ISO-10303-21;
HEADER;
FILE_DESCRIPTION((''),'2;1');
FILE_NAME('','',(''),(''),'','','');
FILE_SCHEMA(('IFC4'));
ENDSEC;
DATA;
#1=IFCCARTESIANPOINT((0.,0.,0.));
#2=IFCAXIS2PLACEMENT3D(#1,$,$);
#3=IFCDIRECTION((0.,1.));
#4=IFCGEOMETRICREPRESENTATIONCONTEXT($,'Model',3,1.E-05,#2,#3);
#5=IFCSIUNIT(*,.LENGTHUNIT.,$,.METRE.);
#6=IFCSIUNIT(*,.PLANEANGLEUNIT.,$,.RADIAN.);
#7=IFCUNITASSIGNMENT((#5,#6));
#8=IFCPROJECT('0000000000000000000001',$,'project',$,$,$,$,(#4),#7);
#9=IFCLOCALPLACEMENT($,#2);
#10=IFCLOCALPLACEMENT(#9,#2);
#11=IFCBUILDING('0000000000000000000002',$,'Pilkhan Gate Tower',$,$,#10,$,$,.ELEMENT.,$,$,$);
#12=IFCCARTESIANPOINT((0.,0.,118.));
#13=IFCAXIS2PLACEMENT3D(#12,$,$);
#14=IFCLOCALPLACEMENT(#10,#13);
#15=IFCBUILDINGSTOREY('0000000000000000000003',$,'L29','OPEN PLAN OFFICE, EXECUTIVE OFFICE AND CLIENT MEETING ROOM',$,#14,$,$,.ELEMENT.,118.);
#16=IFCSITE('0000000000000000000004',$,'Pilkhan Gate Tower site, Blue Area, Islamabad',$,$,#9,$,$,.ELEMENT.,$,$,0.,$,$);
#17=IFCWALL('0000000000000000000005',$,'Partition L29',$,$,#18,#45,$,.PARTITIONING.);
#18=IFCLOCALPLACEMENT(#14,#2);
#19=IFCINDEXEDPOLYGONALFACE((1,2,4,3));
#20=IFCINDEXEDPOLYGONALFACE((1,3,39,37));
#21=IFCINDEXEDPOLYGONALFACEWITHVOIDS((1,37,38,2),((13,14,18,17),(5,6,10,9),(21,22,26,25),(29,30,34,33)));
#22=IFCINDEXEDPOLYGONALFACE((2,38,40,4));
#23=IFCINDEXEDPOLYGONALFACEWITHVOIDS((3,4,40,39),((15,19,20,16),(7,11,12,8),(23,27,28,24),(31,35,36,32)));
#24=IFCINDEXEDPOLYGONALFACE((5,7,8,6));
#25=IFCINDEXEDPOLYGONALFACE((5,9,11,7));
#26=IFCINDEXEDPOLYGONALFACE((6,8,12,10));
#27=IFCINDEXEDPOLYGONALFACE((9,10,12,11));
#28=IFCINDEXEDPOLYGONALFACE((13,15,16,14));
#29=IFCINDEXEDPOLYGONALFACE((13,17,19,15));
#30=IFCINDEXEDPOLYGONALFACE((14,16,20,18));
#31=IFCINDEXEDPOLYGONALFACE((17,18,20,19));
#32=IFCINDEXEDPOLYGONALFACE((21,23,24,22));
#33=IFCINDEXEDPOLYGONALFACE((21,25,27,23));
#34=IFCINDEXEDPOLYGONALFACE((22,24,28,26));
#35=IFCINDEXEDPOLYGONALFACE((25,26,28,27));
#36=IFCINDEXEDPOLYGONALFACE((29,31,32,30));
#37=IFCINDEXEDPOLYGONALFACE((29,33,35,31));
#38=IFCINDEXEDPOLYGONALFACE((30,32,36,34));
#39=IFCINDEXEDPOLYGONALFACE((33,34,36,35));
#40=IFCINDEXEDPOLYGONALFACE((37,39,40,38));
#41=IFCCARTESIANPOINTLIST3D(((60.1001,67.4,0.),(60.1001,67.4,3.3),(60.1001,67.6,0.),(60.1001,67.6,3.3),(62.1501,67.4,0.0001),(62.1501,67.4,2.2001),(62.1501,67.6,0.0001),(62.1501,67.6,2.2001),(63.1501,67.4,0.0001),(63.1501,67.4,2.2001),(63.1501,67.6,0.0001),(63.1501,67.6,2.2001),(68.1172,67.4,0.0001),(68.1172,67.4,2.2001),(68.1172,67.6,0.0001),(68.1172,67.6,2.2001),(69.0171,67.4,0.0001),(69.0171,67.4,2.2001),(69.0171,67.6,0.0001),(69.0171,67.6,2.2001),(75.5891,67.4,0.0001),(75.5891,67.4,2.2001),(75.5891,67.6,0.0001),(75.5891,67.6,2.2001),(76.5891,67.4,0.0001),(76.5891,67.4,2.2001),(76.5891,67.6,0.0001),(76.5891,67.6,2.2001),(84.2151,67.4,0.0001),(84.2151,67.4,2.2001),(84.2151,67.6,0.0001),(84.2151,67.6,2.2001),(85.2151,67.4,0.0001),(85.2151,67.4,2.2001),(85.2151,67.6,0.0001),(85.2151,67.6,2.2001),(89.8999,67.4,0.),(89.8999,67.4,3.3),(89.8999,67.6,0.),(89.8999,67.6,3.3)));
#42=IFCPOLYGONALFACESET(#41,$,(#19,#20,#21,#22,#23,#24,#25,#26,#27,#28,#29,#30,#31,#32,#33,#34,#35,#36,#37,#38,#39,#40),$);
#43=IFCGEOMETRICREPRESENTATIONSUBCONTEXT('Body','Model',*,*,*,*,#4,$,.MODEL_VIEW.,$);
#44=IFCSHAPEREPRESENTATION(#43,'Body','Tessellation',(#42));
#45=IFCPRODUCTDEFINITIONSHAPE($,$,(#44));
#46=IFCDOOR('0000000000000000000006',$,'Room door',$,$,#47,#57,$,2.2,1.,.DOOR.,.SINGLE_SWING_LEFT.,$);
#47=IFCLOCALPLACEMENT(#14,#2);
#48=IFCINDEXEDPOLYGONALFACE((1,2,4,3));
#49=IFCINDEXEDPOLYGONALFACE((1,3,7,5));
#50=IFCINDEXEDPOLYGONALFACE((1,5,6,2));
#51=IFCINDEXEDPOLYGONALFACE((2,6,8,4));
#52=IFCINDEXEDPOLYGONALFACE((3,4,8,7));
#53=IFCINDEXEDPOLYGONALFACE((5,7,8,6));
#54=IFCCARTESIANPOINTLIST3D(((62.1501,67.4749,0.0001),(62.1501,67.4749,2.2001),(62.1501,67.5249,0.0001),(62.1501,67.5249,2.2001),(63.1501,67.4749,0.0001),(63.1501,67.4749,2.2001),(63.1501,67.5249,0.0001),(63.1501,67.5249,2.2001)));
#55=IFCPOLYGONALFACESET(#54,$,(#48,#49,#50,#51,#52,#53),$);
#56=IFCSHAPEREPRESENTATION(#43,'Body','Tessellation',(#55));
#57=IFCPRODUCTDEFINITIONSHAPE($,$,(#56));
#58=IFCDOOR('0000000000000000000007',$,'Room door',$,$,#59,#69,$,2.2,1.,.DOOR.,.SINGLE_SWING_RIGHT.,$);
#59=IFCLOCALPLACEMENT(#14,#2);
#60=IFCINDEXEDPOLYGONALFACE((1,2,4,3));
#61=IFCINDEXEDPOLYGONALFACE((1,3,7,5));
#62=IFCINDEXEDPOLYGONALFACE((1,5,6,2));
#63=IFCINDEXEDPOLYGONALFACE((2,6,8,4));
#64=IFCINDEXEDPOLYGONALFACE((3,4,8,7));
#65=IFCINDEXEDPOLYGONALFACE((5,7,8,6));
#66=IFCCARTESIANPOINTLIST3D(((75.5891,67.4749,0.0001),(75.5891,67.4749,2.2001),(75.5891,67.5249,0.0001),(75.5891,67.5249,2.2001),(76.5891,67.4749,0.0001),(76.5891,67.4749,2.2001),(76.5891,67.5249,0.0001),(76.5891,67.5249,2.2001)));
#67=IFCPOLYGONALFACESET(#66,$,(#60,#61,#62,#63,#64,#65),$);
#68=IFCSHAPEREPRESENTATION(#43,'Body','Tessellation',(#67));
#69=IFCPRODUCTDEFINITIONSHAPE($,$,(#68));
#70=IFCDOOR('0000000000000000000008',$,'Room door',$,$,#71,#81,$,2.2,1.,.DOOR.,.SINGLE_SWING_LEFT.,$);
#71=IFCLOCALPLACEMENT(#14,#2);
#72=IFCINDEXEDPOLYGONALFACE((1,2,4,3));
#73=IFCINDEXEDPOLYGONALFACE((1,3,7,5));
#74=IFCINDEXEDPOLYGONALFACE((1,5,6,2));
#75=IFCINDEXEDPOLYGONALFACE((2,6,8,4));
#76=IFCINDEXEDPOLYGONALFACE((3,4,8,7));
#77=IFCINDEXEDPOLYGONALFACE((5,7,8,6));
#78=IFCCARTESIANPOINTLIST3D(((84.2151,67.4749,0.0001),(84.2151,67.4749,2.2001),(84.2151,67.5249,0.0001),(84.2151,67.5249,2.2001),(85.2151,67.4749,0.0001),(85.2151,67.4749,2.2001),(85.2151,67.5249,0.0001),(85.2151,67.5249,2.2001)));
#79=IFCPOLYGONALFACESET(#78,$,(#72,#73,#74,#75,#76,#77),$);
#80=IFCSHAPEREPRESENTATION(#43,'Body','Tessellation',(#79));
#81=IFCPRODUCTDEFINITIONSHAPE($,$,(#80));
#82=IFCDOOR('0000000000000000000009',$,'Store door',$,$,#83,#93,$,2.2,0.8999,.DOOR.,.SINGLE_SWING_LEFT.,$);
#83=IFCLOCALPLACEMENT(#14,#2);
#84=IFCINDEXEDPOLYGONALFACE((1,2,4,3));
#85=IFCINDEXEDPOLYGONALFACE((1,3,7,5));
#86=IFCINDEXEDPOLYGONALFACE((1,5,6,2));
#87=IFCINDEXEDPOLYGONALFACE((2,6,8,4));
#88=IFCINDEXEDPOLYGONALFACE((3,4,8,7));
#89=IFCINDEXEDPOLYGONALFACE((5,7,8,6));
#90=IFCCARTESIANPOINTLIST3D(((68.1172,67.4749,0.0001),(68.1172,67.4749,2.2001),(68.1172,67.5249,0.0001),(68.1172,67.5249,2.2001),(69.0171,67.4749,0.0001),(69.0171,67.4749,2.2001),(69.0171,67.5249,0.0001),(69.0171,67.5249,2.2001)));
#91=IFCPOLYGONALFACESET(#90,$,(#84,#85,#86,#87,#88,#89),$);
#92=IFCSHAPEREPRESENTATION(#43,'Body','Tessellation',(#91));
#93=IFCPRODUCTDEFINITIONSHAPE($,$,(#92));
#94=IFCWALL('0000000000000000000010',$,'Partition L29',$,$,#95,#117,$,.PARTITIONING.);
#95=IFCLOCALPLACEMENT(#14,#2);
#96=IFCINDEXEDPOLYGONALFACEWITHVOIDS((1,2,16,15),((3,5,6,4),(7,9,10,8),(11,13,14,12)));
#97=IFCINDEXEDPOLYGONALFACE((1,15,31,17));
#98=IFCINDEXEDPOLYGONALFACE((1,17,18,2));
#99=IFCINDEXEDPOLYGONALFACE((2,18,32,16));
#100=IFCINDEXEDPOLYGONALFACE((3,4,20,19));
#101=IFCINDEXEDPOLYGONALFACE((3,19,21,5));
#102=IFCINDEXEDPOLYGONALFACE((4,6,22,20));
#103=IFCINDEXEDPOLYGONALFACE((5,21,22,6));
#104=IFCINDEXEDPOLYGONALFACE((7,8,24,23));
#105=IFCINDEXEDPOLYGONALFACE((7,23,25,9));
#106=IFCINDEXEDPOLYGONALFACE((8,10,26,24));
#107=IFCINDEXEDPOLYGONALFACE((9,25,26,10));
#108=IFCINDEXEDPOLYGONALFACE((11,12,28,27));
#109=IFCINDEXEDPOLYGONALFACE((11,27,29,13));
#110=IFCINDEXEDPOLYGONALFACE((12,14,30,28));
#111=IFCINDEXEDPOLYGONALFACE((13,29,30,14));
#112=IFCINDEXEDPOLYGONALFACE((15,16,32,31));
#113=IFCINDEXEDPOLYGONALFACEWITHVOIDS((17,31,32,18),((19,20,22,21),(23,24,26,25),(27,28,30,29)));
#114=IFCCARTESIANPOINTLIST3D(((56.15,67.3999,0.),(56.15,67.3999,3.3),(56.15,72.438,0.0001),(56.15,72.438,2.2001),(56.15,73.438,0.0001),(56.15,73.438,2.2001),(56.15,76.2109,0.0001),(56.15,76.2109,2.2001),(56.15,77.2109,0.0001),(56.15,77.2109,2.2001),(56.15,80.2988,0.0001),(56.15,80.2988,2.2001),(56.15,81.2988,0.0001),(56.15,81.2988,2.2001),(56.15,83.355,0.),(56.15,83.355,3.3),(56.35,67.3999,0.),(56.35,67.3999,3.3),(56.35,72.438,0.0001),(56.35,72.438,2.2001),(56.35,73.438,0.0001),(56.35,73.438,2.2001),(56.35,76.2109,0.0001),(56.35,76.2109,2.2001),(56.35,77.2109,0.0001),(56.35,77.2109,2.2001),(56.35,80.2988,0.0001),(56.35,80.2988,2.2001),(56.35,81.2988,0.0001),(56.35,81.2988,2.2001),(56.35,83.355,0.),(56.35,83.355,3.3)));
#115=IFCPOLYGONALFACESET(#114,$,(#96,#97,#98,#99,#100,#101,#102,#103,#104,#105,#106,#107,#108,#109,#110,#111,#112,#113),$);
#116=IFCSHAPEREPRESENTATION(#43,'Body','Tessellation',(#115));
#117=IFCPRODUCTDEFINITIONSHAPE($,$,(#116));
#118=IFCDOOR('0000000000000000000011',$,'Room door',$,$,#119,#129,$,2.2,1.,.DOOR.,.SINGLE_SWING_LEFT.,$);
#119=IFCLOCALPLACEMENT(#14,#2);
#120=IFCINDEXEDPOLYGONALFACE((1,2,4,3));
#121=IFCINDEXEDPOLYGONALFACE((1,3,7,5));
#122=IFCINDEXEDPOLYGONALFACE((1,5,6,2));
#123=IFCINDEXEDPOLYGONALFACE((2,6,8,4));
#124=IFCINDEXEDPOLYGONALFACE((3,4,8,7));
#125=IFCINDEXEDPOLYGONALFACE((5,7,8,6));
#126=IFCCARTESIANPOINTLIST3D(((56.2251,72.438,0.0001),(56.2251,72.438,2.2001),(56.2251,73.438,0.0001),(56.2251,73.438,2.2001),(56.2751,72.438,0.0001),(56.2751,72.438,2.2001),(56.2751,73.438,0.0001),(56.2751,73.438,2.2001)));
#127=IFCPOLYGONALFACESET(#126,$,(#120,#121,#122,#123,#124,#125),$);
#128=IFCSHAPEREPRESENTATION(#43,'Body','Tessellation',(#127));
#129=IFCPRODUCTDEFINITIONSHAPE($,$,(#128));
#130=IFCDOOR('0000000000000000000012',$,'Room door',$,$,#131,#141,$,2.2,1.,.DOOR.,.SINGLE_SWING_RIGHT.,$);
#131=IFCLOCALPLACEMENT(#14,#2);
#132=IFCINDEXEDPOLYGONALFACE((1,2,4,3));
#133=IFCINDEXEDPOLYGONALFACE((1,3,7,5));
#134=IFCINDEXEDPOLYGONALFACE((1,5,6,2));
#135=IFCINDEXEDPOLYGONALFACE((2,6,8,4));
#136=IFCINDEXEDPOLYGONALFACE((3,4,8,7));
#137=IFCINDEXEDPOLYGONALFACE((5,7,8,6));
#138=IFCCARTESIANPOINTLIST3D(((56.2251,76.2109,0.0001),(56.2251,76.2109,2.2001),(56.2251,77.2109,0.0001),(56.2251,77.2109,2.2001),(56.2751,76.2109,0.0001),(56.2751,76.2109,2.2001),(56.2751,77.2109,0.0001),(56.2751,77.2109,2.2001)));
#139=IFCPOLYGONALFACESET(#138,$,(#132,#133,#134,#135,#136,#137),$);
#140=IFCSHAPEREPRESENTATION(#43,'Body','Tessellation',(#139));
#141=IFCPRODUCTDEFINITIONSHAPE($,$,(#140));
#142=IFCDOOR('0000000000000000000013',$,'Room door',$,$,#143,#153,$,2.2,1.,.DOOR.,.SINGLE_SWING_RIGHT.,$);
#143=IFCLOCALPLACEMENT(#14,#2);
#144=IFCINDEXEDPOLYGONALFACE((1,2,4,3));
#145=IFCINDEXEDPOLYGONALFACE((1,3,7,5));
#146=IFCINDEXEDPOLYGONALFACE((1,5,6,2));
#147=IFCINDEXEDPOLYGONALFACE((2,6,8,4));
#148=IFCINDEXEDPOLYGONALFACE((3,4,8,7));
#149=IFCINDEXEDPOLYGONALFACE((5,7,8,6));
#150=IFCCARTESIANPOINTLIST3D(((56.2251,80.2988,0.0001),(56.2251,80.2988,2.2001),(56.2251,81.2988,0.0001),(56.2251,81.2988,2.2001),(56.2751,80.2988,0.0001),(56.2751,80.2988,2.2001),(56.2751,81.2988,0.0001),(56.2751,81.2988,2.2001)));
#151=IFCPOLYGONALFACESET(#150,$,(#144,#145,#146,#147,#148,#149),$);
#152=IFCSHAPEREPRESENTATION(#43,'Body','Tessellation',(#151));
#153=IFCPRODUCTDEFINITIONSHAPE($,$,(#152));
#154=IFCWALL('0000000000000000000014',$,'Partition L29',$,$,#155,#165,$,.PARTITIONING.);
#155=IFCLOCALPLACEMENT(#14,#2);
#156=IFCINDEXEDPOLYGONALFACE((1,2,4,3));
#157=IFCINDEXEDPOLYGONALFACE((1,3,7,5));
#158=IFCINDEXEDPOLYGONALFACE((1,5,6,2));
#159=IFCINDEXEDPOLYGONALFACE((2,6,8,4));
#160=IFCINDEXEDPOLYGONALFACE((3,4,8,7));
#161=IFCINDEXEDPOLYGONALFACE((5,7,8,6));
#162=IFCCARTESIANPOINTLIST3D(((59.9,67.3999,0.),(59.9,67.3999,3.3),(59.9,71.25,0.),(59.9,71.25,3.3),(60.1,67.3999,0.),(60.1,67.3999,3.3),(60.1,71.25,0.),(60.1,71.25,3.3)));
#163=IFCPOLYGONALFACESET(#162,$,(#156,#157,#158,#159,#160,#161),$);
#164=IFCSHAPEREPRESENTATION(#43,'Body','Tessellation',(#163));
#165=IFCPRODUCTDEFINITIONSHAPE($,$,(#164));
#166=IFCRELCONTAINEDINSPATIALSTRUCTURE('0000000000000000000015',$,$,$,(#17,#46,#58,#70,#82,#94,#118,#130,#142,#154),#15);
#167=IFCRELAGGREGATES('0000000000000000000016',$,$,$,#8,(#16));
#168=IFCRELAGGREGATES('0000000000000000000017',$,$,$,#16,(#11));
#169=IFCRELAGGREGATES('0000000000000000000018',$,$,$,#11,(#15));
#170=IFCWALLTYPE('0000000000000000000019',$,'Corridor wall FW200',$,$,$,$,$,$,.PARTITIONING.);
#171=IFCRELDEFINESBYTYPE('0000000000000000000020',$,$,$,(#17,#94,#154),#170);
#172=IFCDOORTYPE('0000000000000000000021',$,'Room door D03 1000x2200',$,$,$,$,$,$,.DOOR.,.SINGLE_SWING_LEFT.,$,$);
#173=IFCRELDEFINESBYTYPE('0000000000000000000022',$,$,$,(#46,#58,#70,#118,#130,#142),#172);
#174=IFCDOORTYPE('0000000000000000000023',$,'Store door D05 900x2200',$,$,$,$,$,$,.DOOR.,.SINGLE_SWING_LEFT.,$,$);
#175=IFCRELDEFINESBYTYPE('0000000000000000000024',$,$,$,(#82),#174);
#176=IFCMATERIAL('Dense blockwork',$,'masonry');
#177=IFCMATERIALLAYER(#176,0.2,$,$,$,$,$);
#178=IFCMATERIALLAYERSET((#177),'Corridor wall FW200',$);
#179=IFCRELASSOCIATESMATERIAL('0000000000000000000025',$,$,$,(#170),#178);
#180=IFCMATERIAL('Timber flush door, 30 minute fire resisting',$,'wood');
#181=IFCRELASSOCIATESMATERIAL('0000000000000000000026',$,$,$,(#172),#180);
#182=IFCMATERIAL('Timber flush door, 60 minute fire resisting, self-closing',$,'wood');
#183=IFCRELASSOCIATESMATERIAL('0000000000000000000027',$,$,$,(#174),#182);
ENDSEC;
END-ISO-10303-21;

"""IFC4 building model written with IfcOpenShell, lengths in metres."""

from ifc_helpers import new_model, si_unit, direction, frame, frame_2d, origin, place, context, subcontext, project, spatial, rectangle, extrude, material, layer, layer_set, type_object, element, fill, save


model = new_model("IFC4")

# Units and contexts
model_context = context("Model", 3, precision=1e-05, world=origin(), true_north=direction((0.0, 1.0)))
body_context = subcontext(model_context, "Body", "Model", "MODEL_VIEW")
ifc_project = project(units=[si_unit("LENGTHUNIT", "METRE"), si_unit("PLANEANGLEUNIT", "RADIAN")], contexts=[model_context])

# Site, building, storey
site_placement = place(None, origin())
site = spatial("IfcSite", under=ifc_project, at=site_placement, Name="Pilkhan Gate Tower site, Blue Area, Islamabad", CompositionType="ELEMENT", RefElevation=0.0)
building_placement = place(site_placement, origin())
building = spatial("IfcBuilding", under=site, at=building_placement, Name="Pilkhan Gate Tower", CompositionType="ELEMENT")
storey_placement = place(building_placement, frame((0.0, 0.0, 118.0)))
storey = spatial("IfcBuildingStorey", under=building, at=storey_placement, Name="L29", Description="OPEN PLAN OFFICE, EXECUTIVE OFFICE AND CLIENT MEETING ROOM", CompositionType="ELEMENT", Elevation=118.0)

# Walls, openings, doors
ifc_material_1 = material(Name="Dense blockwork", Category="masonry")
ifc_layer_1 = layer(ifc_material_1, 0.2)
ifc_layer_set_1 = layer_set([ifc_layer_1], Name="Corridor wall FW200")
wall_type_1 = type_object("IfcWallType", Name="Corridor wall FW200", PredefinedType="PARTITIONING", material=ifc_layer_set_1)
wall_1_placement = place(storey_placement, frame((60.1001, 67.5, 0.0), z_axis=(0.0, 0.0, 1.0), x_axis=(1.0, 0.0, 0.0)))
wall_1 = element("IfcWall", 1, at=wall_1_placement, inside=storey, type_object=wall_type_1, Name="Partition L29", PredefinedType="PARTITIONING", context=body_context, shape_type="SweptSolid", body=[
    extrude(rectangle(XDim=29.7998, YDim=0.2, at=frame_2d((14.8999, 0.0))), origin(), (0.0, 0.0, 1.0), 3.3),
])
opening_1_placement = place(wall_1_placement, frame((2.05, 0.0, 0.0)))
opening_1 = element("IfcOpeningElement", 2, at=opening_1_placement, cuts=wall_1, PredefinedType="OPENING", context=body_context, shape_type="SweptSolid", body=[
    extrude(rectangle(XDim=1.0, YDim=2.2, at=frame_2d((0.5, 1.1001))), frame((0.0, 0.1099, 0.0), z_axis=(0.0, -1.0, 0.0), x_axis=(1.0, 0.0, 0.0)), (0.0, 0.0, 1.0), 0.22),
])
opening_2_placement = place(wall_1_placement, frame((8.0171, 0.0, 0.0)))
opening_2 = element("IfcOpeningElement", 3, at=opening_2_placement, cuts=wall_1, PredefinedType="OPENING", context=body_context, shape_type="SweptSolid", body=[
    extrude(rectangle(XDim=0.8999, YDim=2.2, at=frame_2d((0.45, 1.1001))), frame((0.0, 0.1099, 0.0), z_axis=(0.0, -1.0, 0.0), x_axis=(1.0, 0.0, 0.0)), (0.0, 0.0, 1.0), 0.22),
])
opening_3_placement = place(wall_1_placement, frame((15.489, 0.0, 0.0)))
opening_3 = element("IfcOpeningElement", 4, at=opening_3_placement, cuts=wall_1, PredefinedType="OPENING", context=body_context, shape_type="SweptSolid", body=[
    extrude(rectangle(XDim=1.0, YDim=2.2, at=frame_2d((0.5, 1.1001))), frame((0.0, 0.1099, 0.0), z_axis=(0.0, -1.0, 0.0), x_axis=(1.0, 0.0, 0.0)), (0.0, 0.0, 1.0), 0.22),
])
opening_4_placement = place(wall_1_placement, frame((24.115, 0.0, 0.0)))
opening_4 = element("IfcOpeningElement", 5, at=opening_4_placement, cuts=wall_1, PredefinedType="OPENING", context=body_context, shape_type="SweptSolid", body=[
    extrude(rectangle(XDim=1.0, YDim=2.2, at=frame_2d((0.5, 1.1001))), frame((0.0, 0.1099, 0.0), z_axis=(0.0, -1.0, 0.0), x_axis=(1.0, 0.0, 0.0)), (0.0, 0.0, 1.0), 0.22),
])
ifc_material_2 = material(Name="Timber flush door, 30 minute fire resisting", Category="wood")
door_type_1 = type_object("IfcDoorType", Name="Room door D03 1000x2200", OperationType="SINGLE_SWING_LEFT", PredefinedType="DOOR", material=ifc_material_2)
door_1_placement = place(opening_1_placement, origin())
door_1 = element("IfcDoor", 6, at=door_1_placement, inside=storey, type_object=door_type_1, Name="Room door", OperationType="SINGLE_SWING_LEFT", OverallHeight=2.2, OverallWidth=1.0, PredefinedType="DOOR", context=body_context, shape_type="SweptSolid", body=[
    extrude(rectangle(XDim=1.0, YDim=2.2, at=frame_2d((0.5, 1.1001))), frame((0.0, 0.0249, 0.0), z_axis=(0.0, -1.0, 0.0), x_axis=(1.0, 0.0, 0.0)), (0.0, 0.0, 1.0), 0.05),
])
fill(opening_1, door_1)
door_2_placement = place(opening_3_placement, origin())
door_2 = element("IfcDoor", 7, at=door_2_placement, inside=storey, type_object=door_type_1, Name="Room door", OperationType="SINGLE_SWING_RIGHT", OverallHeight=2.2, OverallWidth=1.0, PredefinedType="DOOR", context=body_context, shape_type="SweptSolid", body=[
    extrude(rectangle(XDim=1.0, YDim=2.2, at=frame_2d((0.5, 1.1001))), frame((0.0, 0.0249, 0.0), z_axis=(0.0, -1.0, 0.0), x_axis=(1.0, 0.0, 0.0)), (0.0, 0.0, 1.0), 0.05),
])
fill(opening_3, door_2)
door_3_placement = place(opening_4_placement, origin())
door_3 = element("IfcDoor", 8, at=door_3_placement, inside=storey, type_object=door_type_1, Name="Room door", OperationType="SINGLE_SWING_LEFT", OverallHeight=2.2, OverallWidth=1.0, PredefinedType="DOOR", context=body_context, shape_type="SweptSolid", body=[
    extrude(rectangle(XDim=1.0, YDim=2.2, at=frame_2d((0.5, 1.1001))), frame((0.0, 0.0249, 0.0), z_axis=(0.0, -1.0, 0.0), x_axis=(1.0, 0.0, 0.0)), (0.0, 0.0, 1.0), 0.05),
])
fill(opening_4, door_3)
ifc_material_3 = material(Name="Timber flush door, 60 minute fire resisting, self-closing", Category="wood")
door_type_2 = type_object("IfcDoorType", Name="Store door D05 900x2200", OperationType="SINGLE_SWING_LEFT", PredefinedType="DOOR", material=ifc_material_3)
door_4_placement = place(opening_2_placement, origin())
door_4 = element("IfcDoor", 9, at=door_4_placement, inside=storey, type_object=door_type_2, Name="Store door", OperationType="SINGLE_SWING_LEFT", OverallHeight=2.2, OverallWidth=0.8999, PredefinedType="DOOR", context=body_context, shape_type="SweptSolid", body=[
    extrude(rectangle(XDim=0.8999, YDim=2.2, at=frame_2d((0.45, 1.1001))), frame((0.0, 0.0249, 0.0), z_axis=(0.0, -1.0, 0.0), x_axis=(1.0, 0.0, 0.0)), (0.0, 0.0, 1.0), 0.05),
])
fill(opening_2, door_4)
wall_2_placement = place(storey_placement, frame((56.25, 67.3999, 0.0), z_axis=(0.0, 0.0, 1.0), x_axis=(0.0, 1.0, 0.0)))
wall_2 = element("IfcWall", 10, at=wall_2_placement, inside=storey, type_object=wall_type_1, Name="Partition L29", PredefinedType="PARTITIONING", context=body_context, shape_type="SweptSolid", body=[
    extrude(rectangle(XDim=15.9551, YDim=0.2, at=frame_2d((7.9775, 0.0))), origin(), (0.0, 0.0, 1.0), 3.3),
])
opening_5_placement = place(wall_2_placement, frame((5.0381, 0.0, 0.0)))
opening_5 = element("IfcOpeningElement", 11, at=opening_5_placement, cuts=wall_2, PredefinedType="OPENING", context=body_context, shape_type="SweptSolid", body=[
    extrude(rectangle(XDim=1.0, YDim=2.2, at=frame_2d((0.5, 1.1001))), frame((0.0, 0.1099, 0.0), z_axis=(0.0, -1.0, 0.0), x_axis=(1.0, 0.0, 0.0)), (0.0, 0.0, 1.0), 0.22),
])
opening_6_placement = place(wall_2_placement, frame((8.811, 0.0, 0.0)))
opening_6 = element("IfcOpeningElement", 12, at=opening_6_placement, cuts=wall_2, PredefinedType="OPENING", context=body_context, shape_type="SweptSolid", body=[
    extrude(rectangle(XDim=1.0, YDim=2.2, at=frame_2d((0.5, 1.1001))), frame((0.0, 0.1099, 0.0), z_axis=(0.0, -1.0, 0.0), x_axis=(1.0, 0.0, 0.0)), (0.0, 0.0, 1.0), 0.22),
])
opening_7_placement = place(wall_2_placement, frame((12.8989, 0.0, 0.0)))
opening_7 = element("IfcOpeningElement", 13, at=opening_7_placement, cuts=wall_2, PredefinedType="OPENING", context=body_context, shape_type="SweptSolid", body=[
    extrude(rectangle(XDim=1.0, YDim=2.2, at=frame_2d((0.5, 1.1001))), frame((0.0, 0.1099, 0.0), z_axis=(0.0, -1.0, 0.0), x_axis=(1.0, 0.0, 0.0)), (0.0, 0.0, 1.0), 0.22),
])
door_5_placement = place(opening_5_placement, origin())
door_5 = element("IfcDoor", 14, at=door_5_placement, inside=storey, type_object=door_type_1, Name="Room door", OperationType="SINGLE_SWING_LEFT", OverallHeight=2.2, OverallWidth=1.0, PredefinedType="DOOR", context=body_context, shape_type="SweptSolid", body=[
    extrude(rectangle(XDim=1.0, YDim=2.2, at=frame_2d((0.5, 1.1001))), frame((0.0, 0.0249, 0.0), z_axis=(0.0, -1.0, 0.0), x_axis=(1.0, 0.0, 0.0)), (0.0, 0.0, 1.0), 0.05),
])
fill(opening_5, door_5)
door_6_placement = place(opening_6_placement, origin())
door_6 = element("IfcDoor", 15, at=door_6_placement, inside=storey, type_object=door_type_1, Name="Room door", OperationType="SINGLE_SWING_RIGHT", OverallHeight=2.2, OverallWidth=1.0, PredefinedType="DOOR", context=body_context, shape_type="SweptSolid", body=[
    extrude(rectangle(XDim=1.0, YDim=2.2, at=frame_2d((0.5, 1.1001))), frame((0.0, 0.0249, 0.0), z_axis=(0.0, -1.0, 0.0), x_axis=(1.0, 0.0, 0.0)), (0.0, 0.0, 1.0), 0.05),
])
fill(opening_6, door_6)
door_7_placement = place(opening_7_placement, origin())
door_7 = element("IfcDoor", 16, at=door_7_placement, inside=storey, type_object=door_type_1, Name="Room door", OperationType="SINGLE_SWING_RIGHT", OverallHeight=2.2, OverallWidth=1.0, PredefinedType="DOOR", context=body_context, shape_type="SweptSolid", body=[
    extrude(rectangle(XDim=1.0, YDim=2.2, at=frame_2d((0.5, 1.1001))), frame((0.0, 0.0249, 0.0), z_axis=(0.0, -1.0, 0.0), x_axis=(1.0, 0.0, 0.0)), (0.0, 0.0, 1.0), 0.05),
])
fill(opening_7, door_7)

# Wall
wall_3_placement = place(storey_placement, frame((60.0, 67.3999, 0.0), z_axis=(0.0, 0.0, 1.0), x_axis=(0.0, 1.0, 0.0)))
element("IfcWall", 17, at=wall_3_placement, inside=storey, type_object=wall_type_1, Name="Partition L29", PredefinedType="PARTITIONING", context=body_context, shape_type="SweptSolid", body=[
    extrude(rectangle(XDim=3.8501, YDim=0.2, at=frame_2d((1.925, 0.0))), origin(), (0.0, 0.0, 1.0), 3.3),
])

save(model, "model.ifc")
